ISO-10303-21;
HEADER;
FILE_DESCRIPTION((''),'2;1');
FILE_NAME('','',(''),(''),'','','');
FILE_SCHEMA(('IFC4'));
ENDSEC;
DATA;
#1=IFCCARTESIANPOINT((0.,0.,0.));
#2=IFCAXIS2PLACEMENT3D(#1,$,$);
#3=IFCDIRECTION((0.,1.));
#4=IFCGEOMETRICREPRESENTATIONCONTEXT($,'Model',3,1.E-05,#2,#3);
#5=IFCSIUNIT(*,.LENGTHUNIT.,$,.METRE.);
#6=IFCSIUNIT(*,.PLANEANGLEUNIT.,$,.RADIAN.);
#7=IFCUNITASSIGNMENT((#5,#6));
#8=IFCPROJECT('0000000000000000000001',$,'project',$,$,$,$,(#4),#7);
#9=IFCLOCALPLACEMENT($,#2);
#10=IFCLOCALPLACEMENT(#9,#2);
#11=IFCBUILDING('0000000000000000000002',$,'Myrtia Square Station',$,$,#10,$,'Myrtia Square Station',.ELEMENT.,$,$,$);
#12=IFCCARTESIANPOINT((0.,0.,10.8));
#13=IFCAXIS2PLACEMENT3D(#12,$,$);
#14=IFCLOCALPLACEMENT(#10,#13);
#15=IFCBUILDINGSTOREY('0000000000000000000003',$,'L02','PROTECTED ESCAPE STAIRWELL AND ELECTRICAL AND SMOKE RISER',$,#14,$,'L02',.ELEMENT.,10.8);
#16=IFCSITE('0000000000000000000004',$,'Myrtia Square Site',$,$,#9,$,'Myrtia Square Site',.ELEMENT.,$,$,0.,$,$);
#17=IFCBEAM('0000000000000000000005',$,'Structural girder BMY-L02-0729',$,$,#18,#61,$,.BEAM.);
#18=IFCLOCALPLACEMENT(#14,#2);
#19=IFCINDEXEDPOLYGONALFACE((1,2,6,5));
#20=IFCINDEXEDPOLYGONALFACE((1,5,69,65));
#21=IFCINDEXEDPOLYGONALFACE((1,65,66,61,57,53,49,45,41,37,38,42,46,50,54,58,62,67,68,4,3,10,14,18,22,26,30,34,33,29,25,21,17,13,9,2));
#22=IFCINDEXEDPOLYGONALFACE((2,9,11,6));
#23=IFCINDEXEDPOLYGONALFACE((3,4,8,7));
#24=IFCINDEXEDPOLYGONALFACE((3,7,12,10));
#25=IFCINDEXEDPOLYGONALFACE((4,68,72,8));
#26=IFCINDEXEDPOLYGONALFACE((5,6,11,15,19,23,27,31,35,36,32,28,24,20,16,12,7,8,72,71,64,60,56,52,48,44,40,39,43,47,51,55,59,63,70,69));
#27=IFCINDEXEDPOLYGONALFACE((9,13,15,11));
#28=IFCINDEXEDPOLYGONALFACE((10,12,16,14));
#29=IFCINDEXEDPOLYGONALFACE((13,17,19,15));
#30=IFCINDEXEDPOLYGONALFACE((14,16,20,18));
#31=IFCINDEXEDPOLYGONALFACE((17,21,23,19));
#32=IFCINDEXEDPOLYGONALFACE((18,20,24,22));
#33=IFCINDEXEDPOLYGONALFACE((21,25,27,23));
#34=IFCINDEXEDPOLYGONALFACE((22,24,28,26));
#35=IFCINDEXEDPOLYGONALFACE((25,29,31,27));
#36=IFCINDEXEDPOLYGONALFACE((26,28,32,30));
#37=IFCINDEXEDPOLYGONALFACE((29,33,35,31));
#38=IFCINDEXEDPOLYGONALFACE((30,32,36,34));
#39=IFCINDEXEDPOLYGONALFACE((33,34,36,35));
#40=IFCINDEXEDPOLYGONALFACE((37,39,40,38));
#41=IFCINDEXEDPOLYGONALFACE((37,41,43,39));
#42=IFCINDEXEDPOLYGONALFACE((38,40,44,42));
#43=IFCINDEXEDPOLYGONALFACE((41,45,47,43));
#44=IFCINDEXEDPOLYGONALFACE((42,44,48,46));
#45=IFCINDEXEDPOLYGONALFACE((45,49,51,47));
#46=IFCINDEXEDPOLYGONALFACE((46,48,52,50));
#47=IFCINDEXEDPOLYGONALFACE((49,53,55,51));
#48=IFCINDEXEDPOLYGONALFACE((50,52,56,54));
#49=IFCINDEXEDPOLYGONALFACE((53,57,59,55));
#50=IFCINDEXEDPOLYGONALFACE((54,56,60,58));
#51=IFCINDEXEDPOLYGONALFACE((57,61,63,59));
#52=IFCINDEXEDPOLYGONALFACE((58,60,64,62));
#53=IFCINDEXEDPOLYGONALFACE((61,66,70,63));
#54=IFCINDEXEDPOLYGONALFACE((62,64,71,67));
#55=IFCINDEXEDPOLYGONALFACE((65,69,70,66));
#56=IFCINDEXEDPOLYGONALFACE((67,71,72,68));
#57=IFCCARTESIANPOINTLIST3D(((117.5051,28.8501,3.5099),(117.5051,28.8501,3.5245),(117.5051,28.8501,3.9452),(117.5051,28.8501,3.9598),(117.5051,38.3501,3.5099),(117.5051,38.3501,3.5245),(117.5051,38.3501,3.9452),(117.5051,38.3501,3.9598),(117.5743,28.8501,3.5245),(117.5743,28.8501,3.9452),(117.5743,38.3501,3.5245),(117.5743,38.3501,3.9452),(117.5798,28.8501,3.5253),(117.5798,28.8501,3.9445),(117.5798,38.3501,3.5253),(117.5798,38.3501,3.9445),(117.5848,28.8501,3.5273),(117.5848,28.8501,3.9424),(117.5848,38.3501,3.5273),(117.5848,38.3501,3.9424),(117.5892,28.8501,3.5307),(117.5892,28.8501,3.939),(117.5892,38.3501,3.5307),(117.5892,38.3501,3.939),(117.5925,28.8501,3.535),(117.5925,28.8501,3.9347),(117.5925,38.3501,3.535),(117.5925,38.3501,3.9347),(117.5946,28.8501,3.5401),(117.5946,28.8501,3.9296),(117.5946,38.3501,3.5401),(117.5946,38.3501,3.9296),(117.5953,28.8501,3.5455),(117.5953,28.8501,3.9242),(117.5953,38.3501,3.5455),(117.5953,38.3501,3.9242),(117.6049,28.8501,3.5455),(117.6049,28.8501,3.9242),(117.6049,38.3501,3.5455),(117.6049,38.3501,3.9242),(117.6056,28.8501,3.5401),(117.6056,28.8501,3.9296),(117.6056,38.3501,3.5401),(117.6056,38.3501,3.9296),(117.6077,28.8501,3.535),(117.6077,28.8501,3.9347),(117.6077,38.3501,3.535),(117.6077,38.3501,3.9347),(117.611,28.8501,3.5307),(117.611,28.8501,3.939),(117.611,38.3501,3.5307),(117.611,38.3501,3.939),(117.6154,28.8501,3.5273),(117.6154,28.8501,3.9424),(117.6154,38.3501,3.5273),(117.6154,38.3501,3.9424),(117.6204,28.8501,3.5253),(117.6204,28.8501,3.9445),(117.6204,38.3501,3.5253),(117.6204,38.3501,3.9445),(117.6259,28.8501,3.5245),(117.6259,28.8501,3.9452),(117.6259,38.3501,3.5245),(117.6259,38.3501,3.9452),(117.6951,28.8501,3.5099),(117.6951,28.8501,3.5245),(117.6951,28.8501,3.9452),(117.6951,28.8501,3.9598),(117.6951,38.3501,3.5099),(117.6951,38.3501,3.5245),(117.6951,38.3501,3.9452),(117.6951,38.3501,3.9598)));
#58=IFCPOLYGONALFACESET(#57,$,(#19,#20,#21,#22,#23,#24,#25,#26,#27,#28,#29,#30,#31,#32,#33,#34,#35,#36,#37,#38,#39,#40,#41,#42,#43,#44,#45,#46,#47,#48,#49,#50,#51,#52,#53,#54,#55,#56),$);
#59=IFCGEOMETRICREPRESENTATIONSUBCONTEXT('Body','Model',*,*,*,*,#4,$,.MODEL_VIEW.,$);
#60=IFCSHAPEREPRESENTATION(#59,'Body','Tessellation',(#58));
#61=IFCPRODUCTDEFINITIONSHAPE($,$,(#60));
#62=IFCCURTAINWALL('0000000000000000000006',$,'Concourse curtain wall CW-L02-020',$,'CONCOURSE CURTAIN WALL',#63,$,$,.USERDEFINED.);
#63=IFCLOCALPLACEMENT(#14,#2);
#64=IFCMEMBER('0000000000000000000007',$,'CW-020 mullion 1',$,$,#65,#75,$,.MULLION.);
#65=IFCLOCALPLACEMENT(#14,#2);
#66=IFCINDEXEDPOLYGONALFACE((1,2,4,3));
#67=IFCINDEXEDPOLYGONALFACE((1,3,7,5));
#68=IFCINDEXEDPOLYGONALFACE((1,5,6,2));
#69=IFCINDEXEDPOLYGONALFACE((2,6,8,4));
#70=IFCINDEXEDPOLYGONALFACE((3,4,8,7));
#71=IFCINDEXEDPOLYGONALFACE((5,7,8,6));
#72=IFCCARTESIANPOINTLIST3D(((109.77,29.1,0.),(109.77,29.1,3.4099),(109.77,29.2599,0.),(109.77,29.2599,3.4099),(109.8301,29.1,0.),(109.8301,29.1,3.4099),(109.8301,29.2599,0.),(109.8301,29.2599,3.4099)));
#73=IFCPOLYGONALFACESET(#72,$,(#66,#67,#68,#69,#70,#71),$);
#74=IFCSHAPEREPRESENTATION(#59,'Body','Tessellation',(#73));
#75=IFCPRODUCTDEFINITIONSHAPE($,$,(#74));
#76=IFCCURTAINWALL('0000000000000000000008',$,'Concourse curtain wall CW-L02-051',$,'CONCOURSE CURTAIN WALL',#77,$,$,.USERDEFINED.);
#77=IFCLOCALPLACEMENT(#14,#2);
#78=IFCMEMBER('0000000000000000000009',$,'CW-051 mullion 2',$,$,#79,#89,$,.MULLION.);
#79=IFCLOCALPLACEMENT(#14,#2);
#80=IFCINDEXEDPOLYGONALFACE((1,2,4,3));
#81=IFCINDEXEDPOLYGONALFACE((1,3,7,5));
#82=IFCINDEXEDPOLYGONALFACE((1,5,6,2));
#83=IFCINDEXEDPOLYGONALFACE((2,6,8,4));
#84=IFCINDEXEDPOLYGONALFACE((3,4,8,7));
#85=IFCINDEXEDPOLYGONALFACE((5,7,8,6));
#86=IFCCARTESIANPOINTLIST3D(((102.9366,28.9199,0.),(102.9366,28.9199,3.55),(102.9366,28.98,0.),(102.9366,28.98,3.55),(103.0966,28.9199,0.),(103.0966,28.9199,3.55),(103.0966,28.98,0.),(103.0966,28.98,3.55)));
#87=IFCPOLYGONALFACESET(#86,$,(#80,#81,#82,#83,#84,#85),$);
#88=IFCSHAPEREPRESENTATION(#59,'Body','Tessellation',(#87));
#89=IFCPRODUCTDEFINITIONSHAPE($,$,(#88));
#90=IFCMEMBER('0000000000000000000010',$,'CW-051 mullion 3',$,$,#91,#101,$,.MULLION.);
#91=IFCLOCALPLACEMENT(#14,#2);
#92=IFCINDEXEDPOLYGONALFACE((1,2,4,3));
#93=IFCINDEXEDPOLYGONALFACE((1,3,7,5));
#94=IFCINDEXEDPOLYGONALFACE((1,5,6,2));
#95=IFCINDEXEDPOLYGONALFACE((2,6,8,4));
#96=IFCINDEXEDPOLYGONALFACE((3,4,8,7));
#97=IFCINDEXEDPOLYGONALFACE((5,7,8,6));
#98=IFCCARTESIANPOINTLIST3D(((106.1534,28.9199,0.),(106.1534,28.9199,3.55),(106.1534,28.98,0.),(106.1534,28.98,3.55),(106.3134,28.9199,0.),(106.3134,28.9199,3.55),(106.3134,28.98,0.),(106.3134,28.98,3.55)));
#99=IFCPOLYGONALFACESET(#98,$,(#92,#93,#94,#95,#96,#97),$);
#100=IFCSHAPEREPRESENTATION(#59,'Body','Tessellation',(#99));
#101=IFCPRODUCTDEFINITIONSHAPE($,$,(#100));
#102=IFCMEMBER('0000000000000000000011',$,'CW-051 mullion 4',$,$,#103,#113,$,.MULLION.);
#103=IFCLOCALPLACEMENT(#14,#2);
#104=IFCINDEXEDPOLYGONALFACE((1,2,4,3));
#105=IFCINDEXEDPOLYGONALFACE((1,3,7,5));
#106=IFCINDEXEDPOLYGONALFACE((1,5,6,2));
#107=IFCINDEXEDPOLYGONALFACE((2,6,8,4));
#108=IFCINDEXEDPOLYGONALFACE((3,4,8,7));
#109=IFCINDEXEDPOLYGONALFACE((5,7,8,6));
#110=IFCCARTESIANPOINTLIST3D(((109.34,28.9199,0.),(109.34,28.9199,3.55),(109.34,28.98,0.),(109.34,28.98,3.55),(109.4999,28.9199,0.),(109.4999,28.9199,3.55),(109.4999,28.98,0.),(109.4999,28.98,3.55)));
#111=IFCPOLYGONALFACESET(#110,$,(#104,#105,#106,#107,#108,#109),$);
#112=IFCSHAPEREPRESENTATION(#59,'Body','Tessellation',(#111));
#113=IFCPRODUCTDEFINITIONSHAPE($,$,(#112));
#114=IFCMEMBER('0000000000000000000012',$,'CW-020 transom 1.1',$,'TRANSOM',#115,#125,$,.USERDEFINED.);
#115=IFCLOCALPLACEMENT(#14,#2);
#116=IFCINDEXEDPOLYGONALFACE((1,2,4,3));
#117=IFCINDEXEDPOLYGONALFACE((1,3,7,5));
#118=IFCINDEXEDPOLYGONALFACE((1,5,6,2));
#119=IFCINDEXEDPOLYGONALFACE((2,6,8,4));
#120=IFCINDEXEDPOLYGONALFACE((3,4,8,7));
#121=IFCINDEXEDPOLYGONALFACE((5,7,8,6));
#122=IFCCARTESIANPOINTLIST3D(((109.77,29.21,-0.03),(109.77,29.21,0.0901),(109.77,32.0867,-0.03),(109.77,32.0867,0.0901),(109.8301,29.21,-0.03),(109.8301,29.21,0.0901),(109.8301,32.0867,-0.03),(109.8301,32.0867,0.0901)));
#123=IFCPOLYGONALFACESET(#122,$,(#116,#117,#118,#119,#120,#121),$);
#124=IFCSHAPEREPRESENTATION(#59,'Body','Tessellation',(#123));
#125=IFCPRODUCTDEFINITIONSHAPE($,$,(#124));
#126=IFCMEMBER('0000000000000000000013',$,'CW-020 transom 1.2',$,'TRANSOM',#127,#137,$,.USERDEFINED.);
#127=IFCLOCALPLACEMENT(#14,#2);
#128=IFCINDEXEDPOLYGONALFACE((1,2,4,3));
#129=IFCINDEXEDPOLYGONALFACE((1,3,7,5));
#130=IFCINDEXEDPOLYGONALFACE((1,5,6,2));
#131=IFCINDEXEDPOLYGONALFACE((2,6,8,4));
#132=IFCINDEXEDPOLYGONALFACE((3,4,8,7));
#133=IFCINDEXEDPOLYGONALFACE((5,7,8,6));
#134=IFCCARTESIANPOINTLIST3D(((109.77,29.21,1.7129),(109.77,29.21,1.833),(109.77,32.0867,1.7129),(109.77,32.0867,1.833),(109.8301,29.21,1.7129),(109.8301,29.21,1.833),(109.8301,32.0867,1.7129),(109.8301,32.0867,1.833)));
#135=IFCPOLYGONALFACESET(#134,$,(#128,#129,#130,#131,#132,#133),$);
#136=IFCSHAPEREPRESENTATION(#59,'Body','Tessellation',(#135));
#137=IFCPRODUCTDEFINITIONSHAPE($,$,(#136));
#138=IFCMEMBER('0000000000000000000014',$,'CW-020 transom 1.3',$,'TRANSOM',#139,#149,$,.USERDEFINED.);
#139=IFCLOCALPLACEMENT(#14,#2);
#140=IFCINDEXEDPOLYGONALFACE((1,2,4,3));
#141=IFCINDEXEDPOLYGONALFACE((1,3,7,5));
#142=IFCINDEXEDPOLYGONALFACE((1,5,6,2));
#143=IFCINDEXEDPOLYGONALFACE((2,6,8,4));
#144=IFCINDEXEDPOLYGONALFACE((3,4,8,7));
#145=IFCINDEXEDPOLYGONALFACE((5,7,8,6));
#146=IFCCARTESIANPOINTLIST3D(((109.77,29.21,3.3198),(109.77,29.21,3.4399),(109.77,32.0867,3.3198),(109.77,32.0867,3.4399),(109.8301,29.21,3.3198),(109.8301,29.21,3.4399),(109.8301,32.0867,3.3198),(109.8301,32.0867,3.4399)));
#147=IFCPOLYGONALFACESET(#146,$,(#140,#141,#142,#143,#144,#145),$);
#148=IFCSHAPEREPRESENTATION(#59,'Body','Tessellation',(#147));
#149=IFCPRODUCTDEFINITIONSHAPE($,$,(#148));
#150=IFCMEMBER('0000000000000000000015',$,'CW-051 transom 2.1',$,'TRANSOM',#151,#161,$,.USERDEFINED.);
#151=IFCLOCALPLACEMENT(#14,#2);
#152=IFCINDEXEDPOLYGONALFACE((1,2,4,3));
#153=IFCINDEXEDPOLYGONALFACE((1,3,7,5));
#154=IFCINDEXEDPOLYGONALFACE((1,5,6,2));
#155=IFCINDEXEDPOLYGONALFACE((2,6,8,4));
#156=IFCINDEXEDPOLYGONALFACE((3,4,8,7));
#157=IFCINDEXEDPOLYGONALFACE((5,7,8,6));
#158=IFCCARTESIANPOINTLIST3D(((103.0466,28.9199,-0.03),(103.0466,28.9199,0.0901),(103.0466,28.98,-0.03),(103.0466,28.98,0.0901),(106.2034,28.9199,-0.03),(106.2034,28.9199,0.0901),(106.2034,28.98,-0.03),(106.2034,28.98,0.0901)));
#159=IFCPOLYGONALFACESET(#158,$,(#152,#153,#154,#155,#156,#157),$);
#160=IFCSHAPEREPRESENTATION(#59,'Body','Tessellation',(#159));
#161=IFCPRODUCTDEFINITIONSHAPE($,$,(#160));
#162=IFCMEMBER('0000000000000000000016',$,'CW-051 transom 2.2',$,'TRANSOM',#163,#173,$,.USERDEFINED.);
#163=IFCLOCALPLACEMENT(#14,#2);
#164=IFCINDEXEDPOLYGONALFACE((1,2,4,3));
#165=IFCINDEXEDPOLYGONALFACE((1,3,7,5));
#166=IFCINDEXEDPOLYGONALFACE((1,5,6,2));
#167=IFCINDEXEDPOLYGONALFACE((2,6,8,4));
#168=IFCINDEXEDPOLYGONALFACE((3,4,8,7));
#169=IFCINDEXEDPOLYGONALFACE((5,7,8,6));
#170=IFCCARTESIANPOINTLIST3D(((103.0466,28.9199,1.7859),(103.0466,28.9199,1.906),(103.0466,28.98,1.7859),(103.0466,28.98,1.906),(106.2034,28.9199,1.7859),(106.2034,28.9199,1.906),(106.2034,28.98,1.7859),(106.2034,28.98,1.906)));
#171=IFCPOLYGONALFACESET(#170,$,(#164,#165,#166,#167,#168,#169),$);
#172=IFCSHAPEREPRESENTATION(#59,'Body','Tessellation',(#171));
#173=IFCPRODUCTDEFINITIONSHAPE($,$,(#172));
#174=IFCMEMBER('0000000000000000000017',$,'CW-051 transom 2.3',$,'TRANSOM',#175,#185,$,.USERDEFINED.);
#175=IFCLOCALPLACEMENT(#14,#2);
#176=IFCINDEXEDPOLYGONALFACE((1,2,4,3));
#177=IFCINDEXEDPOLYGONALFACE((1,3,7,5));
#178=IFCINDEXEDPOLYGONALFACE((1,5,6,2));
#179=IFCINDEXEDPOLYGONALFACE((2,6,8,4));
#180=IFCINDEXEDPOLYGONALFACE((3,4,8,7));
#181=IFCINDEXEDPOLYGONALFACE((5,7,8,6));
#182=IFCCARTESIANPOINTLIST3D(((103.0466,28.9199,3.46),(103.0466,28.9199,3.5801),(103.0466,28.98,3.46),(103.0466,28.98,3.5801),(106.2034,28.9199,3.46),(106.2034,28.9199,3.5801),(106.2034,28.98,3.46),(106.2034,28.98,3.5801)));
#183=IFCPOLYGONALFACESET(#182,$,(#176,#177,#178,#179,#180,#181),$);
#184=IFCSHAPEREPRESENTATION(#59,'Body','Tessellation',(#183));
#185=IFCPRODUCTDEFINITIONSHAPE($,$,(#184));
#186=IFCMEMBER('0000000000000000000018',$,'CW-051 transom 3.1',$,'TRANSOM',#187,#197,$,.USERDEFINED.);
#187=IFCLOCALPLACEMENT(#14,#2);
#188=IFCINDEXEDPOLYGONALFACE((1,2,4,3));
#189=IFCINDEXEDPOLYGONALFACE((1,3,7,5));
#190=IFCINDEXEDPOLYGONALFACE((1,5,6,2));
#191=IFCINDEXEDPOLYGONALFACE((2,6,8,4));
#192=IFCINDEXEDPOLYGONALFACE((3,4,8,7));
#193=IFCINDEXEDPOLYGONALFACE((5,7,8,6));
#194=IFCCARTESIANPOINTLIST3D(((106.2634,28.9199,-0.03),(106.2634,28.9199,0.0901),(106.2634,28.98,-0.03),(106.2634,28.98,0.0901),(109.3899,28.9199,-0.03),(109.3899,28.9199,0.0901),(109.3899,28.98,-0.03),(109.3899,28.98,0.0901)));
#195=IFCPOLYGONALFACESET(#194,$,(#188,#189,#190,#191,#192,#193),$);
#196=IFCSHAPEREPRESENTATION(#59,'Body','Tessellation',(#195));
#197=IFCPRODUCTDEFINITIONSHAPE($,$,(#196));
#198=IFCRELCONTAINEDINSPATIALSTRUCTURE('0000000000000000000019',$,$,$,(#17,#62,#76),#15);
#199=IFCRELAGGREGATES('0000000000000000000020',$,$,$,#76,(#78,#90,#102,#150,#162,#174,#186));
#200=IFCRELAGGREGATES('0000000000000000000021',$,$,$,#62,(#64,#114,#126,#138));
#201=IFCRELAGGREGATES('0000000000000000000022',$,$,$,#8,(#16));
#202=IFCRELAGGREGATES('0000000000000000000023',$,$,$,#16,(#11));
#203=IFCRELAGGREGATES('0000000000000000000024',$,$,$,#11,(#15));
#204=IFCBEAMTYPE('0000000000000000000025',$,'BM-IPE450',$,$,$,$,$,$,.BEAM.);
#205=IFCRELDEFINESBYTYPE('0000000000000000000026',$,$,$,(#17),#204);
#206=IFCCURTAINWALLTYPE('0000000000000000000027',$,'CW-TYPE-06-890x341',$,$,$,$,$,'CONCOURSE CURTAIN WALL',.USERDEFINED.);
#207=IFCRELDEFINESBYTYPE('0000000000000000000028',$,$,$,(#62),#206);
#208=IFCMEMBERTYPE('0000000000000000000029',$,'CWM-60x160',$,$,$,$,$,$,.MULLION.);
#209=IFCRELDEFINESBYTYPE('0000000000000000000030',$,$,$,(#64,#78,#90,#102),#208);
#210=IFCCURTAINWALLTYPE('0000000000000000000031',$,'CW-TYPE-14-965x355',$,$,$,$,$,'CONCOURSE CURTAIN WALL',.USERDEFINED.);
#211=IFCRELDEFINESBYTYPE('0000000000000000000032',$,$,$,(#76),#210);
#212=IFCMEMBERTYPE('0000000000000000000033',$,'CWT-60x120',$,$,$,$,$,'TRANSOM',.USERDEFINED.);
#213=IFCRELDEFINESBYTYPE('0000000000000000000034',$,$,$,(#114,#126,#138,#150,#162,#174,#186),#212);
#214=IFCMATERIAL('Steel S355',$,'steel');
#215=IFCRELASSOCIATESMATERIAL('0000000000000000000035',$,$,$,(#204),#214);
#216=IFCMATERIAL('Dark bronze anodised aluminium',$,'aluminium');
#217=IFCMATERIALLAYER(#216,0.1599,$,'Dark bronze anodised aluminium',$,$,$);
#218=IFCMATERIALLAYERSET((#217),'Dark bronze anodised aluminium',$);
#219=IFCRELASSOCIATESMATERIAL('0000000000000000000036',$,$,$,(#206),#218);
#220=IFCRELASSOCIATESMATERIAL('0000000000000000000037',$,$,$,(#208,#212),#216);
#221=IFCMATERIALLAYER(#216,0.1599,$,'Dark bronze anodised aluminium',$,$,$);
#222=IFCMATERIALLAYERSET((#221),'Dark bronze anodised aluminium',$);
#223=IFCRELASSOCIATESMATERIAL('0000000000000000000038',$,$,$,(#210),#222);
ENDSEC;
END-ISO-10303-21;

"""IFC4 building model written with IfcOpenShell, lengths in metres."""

from ifc_helpers import new_model, si_unit, direction, frame, origin, origin_2d, place, context, subcontext, project, spatial, rectangle, i_section, extrude, material, layer, layer_set, material_profile, profile_set, type_object, element, aggregate, save


model = new_model("IFC4")

# Units and contexts
model_context = context("Model", 3, precision=1e-05, world=origin(), true_north=direction((0.0, 1.0)))
body_context = subcontext(model_context, "Body", "Model", "MODEL_VIEW")
ifc_project = project(units=[si_unit("LENGTHUNIT", "METRE"), si_unit("PLANEANGLEUNIT", "RADIAN")], contexts=[model_context])

# Site, building, storey
site_placement = place(None, origin())
site = spatial("IfcSite", under=ifc_project, at=site_placement, Name="Myrtia Square Site", LongName="Myrtia Square Site", CompositionType="ELEMENT", RefElevation=0.0)
building_placement = place(site_placement, origin())
building = spatial("IfcBuilding", under=site, at=building_placement, Name="Myrtia Square Station", LongName="Myrtia Square Station", CompositionType="ELEMENT")
storey_placement = place(building_placement, frame((0.0, 0.0, 10.8)))
storey = spatial("IfcBuildingStorey", under=building, at=storey_placement, Name="L02", Description="PROTECTED ESCAPE STAIRWELL AND ELECTRICAL AND SMOKE RISER", LongName="L02", CompositionType="ELEMENT", Elevation=10.8)

# Beam
ifc_material_1 = material(Name="Steel S355", Category="steel")
ifc_material_profile_1 = material_profile(ifc_material_1, i_section(OverallWidth=0.1899, OverallDepth=0.45, WebThickness=0.0095, FlangeThickness=0.0146, FilletRadius=0.021, at=origin_2d()), Name="IPE 450")
ifc_profile_set_1 = profile_set([ifc_material_profile_1], Name="Steel S355")
beam_type = type_object("IfcBeamType", Name="BM-IPE450", PredefinedType="BEAM", material=ifc_profile_set_1)
beam_placement = place(storey_placement, frame((117.6001, 28.8501, 3.7349), z_axis=(0.0, 1.0, 0.0), x_axis=(-1.0, 0.0, 0.0)))
element("IfcBeam", 1, at=beam_placement, inside=storey, type_object=beam_type, Name="Structural girder BMY-L02-0729", PredefinedType="BEAM", context=body_context, shape_type="SweptSolid", body=[
    extrude(i_section(OverallWidth=0.1899, OverallDepth=0.45, WebThickness=0.0095, FlangeThickness=0.0146, FilletRadius=0.021, at=origin_2d()), origin(), (0.0, 0.0, 1.0), 9.5),
])

# Curtain wall, member
ifc_material_2 = material(Name="Dark bronze anodised aluminium", Category="aluminium")
ifc_layer_1 = layer(ifc_material_2, 0.1599, Name="Dark bronze anodised aluminium")
ifc_layer_set_1 = layer_set([ifc_layer_1], Name="Dark bronze anodised aluminium")
curtain_wall_type_1 = type_object("IfcCurtainWallType", Name="CW-TYPE-06-890x341", ElementType="CONCOURSE CURTAIN WALL", PredefinedType="USERDEFINED", material=ifc_layer_set_1)
curtain_wall_1_placement = place(storey_placement, origin())
curtain_wall_1 = element("IfcCurtainWall", 2, at=curtain_wall_1_placement, inside=storey, type_object=curtain_wall_type_1, Name="Concourse curtain wall CW-L02-020", ObjectType="CONCOURSE CURTAIN WALL", PredefinedType="USERDEFINED")
ifc_material_profile_2 = material_profile(ifc_material_2, rectangle(XDim=0.0601, YDim=0.1599, at=origin_2d()), Name="ALU-M 60x160")
ifc_profile_set_2 = profile_set([ifc_material_profile_2], Name="Dark bronze anodised aluminium")
member_type_1 = type_object("IfcMemberType", Name="CWM-60x160", PredefinedType="MULLION", material=ifc_profile_set_2)
member_1_placement = place(storey_placement, frame((109.8, 29.1799, 0.0), z_axis=(0.0, 0.0, 1.0), x_axis=(-1.0, 0.0, 0.0)))
member_1 = element("IfcMember", 3, at=member_1_placement, type_object=member_type_1, Name="CW-020 mullion 1", PredefinedType="MULLION", context=body_context, shape_type="SweptSolid", body=[
    extrude(rectangle(XDim=0.0601, YDim=0.1599, at=origin_2d()), origin(), (0.0, 0.0, 1.0), 3.4099),
])

# Curtain wall, members
ifc_layer_2 = layer(ifc_material_2, 0.1599, Name="Dark bronze anodised aluminium")
ifc_layer_set_2 = layer_set([ifc_layer_2], Name="Dark bronze anodised aluminium")
curtain_wall_type_2 = type_object("IfcCurtainWallType", Name="CW-TYPE-14-965x355", ElementType="CONCOURSE CURTAIN WALL", PredefinedType="USERDEFINED", material=ifc_layer_set_2)
curtain_wall_2_placement = place(storey_placement, origin())
curtain_wall_2 = element("IfcCurtainWall", 4, at=curtain_wall_2_placement, inside=storey, type_object=curtain_wall_type_2, Name="Concourse curtain wall CW-L02-051", ObjectType="CONCOURSE CURTAIN WALL", PredefinedType="USERDEFINED")
member_2_placement = place(storey_placement, frame((103.0166, 28.95, 0.0), z_axis=(0.0, 0.0, 1.0), x_axis=(0.0, 1.0, 0.0)))
member_2 = element("IfcMember", 5, at=member_2_placement, type_object=member_type_1, Name="CW-051 mullion 2", PredefinedType="MULLION", context=body_context, shape_type="SweptSolid", body=[
    extrude(rectangle(XDim=0.0601, YDim=0.1599, at=origin_2d()), origin(), (0.0, 0.0, 1.0), 3.55),
])
member_3_placement = place(storey_placement, frame((106.2334, 28.95, 0.0), z_axis=(0.0, 0.0, 1.0), x_axis=(0.0, 1.0, 0.0)))
member_3 = element("IfcMember", 6, at=member_3_placement, type_object=member_type_1, Name="CW-051 mullion 3", PredefinedType="MULLION", context=body_context, shape_type="SweptSolid", body=[
    extrude(rectangle(XDim=0.0601, YDim=0.1599, at=origin_2d()), origin(), (0.0, 0.0, 1.0), 3.55),
])
member_4_placement = place(storey_placement, frame((109.4199, 28.95, 0.0), z_axis=(0.0, 0.0, 1.0), x_axis=(0.0, 1.0, 0.0)))
member_4 = element("IfcMember", 7, at=member_4_placement, type_object=member_type_1, Name="CW-051 mullion 4", PredefinedType="MULLION", context=body_context, shape_type="SweptSolid", body=[
    extrude(rectangle(XDim=0.0601, YDim=0.1599, at=origin_2d()), origin(), (0.0, 0.0, 1.0), 3.55),
])

# Members
ifc_material_profile_3 = material_profile(ifc_material_2, rectangle(XDim=0.0601, YDim=0.1201, at=origin_2d()), Name="ALU-T 60x120")
ifc_profile_set_3 = profile_set([ifc_material_profile_3], Name="Dark bronze anodised aluminium")
member_type_2 = type_object("IfcMemberType", Name="CWT-60x120", ElementType="TRANSOM", PredefinedType="USERDEFINED", material=ifc_profile_set_3)
member_5_placement = place(storey_placement, frame((109.8, 29.21, 0.03), z_axis=(0.0, 1.0, 0.0), x_axis=(-1.0, 0.0, 0.0)))
member_5 = element("IfcMember", 8, at=member_5_placement, type_object=member_type_2, Name="CW-020 transom 1.1", ObjectType="TRANSOM", PredefinedType="USERDEFINED", context=body_context, shape_type="SweptSolid", body=[
    extrude(rectangle(XDim=0.0601, YDim=0.1201, at=origin_2d()), origin(), (0.0, 0.0, 1.0), 2.8767),
])
member_6_placement = place(storey_placement, frame((109.8, 29.21, 1.7729), z_axis=(0.0, 1.0, 0.0), x_axis=(-1.0, 0.0, 0.0)))
member_6 = element("IfcMember", 9, at=member_6_placement, type_object=member_type_2, Name="CW-020 transom 1.2", ObjectType="TRANSOM", PredefinedType="USERDEFINED", context=body_context, shape_type="SweptSolid", body=[
    extrude(rectangle(XDim=0.0601, YDim=0.1201, at=origin_2d()), origin(), (0.0, 0.0, 1.0), 2.8767),
])
member_7_placement = place(storey_placement, frame((109.8, 29.21, 3.3799), z_axis=(0.0, 1.0, 0.0), x_axis=(-1.0, 0.0, 0.0)))
member_7 = element("IfcMember", 10, at=member_7_placement, type_object=member_type_2, Name="CW-020 transom 1.3", ObjectType="TRANSOM", PredefinedType="USERDEFINED", context=body_context, shape_type="SweptSolid", body=[
    extrude(rectangle(XDim=0.0601, YDim=0.1201, at=origin_2d()), origin(), (0.0, 0.0, 1.0), 2.8767),
])
member_8_placement = place(storey_placement, frame((103.0466, 28.95, 0.03), z_axis=(1.0, 0.0, 0.0), x_axis=(0.0, 1.0, 0.0)))
member_8 = element("IfcMember", 11, at=member_8_placement, type_object=member_type_2, Name="CW-051 transom 2.1", ObjectType="TRANSOM", PredefinedType="USERDEFINED", context=body_context, shape_type="SweptSolid", body=[
    extrude(rectangle(XDim=0.0601, YDim=0.1201, at=origin_2d()), origin(), (0.0, 0.0, 1.0), 3.1567),
])
member_9_placement = place(storey_placement, frame((103.0466, 28.95, 1.8459), z_axis=(1.0, 0.0, 0.0), x_axis=(0.0, 1.0, 0.0)))
member_9 = element("IfcMember", 12, at=member_9_placement, type_object=member_type_2, Name="CW-051 transom 2.2", ObjectType="TRANSOM", PredefinedType="USERDEFINED", context=body_context, shape_type="SweptSolid", body=[
    extrude(rectangle(XDim=0.0601, YDim=0.1201, at=origin_2d()), origin(), (0.0, 0.0, 1.0), 3.1567),
])
member_10_placement = place(storey_placement, frame((103.0466, 28.95, 3.52), z_axis=(1.0, 0.0, 0.0), x_axis=(0.0, 1.0, 0.0)))
member_10 = element("IfcMember", 13, at=member_10_placement, type_object=member_type_2, Name="CW-051 transom 2.3", ObjectType="TRANSOM", PredefinedType="USERDEFINED", context=body_context, shape_type="SweptSolid", body=[
    extrude(rectangle(XDim=0.0601, YDim=0.1201, at=origin_2d()), origin(), (0.0, 0.0, 1.0), 3.1567),
])
member_11_placement = place(storey_placement, frame((106.2634, 28.95, 0.03), z_axis=(1.0, 0.0, 0.0), x_axis=(0.0, 1.0, 0.0)))
member_11 = element("IfcMember", 14, at=member_11_placement, type_object=member_type_2, Name="CW-051 transom 3.1", ObjectType="TRANSOM", PredefinedType="USERDEFINED", context=body_context, shape_type="SweptSolid", body=[
    extrude(rectangle(XDim=0.0601, YDim=0.1201, at=origin_2d()), origin(), (0.0, 0.0, 1.0), 3.1265),
])

aggregate(curtain_wall_2, [member_2, member_3, member_4, member_8, member_9, member_10, member_11])
aggregate(curtain_wall_1, [member_1, member_5, member_6, member_7])

save(model, "model.ifc")
